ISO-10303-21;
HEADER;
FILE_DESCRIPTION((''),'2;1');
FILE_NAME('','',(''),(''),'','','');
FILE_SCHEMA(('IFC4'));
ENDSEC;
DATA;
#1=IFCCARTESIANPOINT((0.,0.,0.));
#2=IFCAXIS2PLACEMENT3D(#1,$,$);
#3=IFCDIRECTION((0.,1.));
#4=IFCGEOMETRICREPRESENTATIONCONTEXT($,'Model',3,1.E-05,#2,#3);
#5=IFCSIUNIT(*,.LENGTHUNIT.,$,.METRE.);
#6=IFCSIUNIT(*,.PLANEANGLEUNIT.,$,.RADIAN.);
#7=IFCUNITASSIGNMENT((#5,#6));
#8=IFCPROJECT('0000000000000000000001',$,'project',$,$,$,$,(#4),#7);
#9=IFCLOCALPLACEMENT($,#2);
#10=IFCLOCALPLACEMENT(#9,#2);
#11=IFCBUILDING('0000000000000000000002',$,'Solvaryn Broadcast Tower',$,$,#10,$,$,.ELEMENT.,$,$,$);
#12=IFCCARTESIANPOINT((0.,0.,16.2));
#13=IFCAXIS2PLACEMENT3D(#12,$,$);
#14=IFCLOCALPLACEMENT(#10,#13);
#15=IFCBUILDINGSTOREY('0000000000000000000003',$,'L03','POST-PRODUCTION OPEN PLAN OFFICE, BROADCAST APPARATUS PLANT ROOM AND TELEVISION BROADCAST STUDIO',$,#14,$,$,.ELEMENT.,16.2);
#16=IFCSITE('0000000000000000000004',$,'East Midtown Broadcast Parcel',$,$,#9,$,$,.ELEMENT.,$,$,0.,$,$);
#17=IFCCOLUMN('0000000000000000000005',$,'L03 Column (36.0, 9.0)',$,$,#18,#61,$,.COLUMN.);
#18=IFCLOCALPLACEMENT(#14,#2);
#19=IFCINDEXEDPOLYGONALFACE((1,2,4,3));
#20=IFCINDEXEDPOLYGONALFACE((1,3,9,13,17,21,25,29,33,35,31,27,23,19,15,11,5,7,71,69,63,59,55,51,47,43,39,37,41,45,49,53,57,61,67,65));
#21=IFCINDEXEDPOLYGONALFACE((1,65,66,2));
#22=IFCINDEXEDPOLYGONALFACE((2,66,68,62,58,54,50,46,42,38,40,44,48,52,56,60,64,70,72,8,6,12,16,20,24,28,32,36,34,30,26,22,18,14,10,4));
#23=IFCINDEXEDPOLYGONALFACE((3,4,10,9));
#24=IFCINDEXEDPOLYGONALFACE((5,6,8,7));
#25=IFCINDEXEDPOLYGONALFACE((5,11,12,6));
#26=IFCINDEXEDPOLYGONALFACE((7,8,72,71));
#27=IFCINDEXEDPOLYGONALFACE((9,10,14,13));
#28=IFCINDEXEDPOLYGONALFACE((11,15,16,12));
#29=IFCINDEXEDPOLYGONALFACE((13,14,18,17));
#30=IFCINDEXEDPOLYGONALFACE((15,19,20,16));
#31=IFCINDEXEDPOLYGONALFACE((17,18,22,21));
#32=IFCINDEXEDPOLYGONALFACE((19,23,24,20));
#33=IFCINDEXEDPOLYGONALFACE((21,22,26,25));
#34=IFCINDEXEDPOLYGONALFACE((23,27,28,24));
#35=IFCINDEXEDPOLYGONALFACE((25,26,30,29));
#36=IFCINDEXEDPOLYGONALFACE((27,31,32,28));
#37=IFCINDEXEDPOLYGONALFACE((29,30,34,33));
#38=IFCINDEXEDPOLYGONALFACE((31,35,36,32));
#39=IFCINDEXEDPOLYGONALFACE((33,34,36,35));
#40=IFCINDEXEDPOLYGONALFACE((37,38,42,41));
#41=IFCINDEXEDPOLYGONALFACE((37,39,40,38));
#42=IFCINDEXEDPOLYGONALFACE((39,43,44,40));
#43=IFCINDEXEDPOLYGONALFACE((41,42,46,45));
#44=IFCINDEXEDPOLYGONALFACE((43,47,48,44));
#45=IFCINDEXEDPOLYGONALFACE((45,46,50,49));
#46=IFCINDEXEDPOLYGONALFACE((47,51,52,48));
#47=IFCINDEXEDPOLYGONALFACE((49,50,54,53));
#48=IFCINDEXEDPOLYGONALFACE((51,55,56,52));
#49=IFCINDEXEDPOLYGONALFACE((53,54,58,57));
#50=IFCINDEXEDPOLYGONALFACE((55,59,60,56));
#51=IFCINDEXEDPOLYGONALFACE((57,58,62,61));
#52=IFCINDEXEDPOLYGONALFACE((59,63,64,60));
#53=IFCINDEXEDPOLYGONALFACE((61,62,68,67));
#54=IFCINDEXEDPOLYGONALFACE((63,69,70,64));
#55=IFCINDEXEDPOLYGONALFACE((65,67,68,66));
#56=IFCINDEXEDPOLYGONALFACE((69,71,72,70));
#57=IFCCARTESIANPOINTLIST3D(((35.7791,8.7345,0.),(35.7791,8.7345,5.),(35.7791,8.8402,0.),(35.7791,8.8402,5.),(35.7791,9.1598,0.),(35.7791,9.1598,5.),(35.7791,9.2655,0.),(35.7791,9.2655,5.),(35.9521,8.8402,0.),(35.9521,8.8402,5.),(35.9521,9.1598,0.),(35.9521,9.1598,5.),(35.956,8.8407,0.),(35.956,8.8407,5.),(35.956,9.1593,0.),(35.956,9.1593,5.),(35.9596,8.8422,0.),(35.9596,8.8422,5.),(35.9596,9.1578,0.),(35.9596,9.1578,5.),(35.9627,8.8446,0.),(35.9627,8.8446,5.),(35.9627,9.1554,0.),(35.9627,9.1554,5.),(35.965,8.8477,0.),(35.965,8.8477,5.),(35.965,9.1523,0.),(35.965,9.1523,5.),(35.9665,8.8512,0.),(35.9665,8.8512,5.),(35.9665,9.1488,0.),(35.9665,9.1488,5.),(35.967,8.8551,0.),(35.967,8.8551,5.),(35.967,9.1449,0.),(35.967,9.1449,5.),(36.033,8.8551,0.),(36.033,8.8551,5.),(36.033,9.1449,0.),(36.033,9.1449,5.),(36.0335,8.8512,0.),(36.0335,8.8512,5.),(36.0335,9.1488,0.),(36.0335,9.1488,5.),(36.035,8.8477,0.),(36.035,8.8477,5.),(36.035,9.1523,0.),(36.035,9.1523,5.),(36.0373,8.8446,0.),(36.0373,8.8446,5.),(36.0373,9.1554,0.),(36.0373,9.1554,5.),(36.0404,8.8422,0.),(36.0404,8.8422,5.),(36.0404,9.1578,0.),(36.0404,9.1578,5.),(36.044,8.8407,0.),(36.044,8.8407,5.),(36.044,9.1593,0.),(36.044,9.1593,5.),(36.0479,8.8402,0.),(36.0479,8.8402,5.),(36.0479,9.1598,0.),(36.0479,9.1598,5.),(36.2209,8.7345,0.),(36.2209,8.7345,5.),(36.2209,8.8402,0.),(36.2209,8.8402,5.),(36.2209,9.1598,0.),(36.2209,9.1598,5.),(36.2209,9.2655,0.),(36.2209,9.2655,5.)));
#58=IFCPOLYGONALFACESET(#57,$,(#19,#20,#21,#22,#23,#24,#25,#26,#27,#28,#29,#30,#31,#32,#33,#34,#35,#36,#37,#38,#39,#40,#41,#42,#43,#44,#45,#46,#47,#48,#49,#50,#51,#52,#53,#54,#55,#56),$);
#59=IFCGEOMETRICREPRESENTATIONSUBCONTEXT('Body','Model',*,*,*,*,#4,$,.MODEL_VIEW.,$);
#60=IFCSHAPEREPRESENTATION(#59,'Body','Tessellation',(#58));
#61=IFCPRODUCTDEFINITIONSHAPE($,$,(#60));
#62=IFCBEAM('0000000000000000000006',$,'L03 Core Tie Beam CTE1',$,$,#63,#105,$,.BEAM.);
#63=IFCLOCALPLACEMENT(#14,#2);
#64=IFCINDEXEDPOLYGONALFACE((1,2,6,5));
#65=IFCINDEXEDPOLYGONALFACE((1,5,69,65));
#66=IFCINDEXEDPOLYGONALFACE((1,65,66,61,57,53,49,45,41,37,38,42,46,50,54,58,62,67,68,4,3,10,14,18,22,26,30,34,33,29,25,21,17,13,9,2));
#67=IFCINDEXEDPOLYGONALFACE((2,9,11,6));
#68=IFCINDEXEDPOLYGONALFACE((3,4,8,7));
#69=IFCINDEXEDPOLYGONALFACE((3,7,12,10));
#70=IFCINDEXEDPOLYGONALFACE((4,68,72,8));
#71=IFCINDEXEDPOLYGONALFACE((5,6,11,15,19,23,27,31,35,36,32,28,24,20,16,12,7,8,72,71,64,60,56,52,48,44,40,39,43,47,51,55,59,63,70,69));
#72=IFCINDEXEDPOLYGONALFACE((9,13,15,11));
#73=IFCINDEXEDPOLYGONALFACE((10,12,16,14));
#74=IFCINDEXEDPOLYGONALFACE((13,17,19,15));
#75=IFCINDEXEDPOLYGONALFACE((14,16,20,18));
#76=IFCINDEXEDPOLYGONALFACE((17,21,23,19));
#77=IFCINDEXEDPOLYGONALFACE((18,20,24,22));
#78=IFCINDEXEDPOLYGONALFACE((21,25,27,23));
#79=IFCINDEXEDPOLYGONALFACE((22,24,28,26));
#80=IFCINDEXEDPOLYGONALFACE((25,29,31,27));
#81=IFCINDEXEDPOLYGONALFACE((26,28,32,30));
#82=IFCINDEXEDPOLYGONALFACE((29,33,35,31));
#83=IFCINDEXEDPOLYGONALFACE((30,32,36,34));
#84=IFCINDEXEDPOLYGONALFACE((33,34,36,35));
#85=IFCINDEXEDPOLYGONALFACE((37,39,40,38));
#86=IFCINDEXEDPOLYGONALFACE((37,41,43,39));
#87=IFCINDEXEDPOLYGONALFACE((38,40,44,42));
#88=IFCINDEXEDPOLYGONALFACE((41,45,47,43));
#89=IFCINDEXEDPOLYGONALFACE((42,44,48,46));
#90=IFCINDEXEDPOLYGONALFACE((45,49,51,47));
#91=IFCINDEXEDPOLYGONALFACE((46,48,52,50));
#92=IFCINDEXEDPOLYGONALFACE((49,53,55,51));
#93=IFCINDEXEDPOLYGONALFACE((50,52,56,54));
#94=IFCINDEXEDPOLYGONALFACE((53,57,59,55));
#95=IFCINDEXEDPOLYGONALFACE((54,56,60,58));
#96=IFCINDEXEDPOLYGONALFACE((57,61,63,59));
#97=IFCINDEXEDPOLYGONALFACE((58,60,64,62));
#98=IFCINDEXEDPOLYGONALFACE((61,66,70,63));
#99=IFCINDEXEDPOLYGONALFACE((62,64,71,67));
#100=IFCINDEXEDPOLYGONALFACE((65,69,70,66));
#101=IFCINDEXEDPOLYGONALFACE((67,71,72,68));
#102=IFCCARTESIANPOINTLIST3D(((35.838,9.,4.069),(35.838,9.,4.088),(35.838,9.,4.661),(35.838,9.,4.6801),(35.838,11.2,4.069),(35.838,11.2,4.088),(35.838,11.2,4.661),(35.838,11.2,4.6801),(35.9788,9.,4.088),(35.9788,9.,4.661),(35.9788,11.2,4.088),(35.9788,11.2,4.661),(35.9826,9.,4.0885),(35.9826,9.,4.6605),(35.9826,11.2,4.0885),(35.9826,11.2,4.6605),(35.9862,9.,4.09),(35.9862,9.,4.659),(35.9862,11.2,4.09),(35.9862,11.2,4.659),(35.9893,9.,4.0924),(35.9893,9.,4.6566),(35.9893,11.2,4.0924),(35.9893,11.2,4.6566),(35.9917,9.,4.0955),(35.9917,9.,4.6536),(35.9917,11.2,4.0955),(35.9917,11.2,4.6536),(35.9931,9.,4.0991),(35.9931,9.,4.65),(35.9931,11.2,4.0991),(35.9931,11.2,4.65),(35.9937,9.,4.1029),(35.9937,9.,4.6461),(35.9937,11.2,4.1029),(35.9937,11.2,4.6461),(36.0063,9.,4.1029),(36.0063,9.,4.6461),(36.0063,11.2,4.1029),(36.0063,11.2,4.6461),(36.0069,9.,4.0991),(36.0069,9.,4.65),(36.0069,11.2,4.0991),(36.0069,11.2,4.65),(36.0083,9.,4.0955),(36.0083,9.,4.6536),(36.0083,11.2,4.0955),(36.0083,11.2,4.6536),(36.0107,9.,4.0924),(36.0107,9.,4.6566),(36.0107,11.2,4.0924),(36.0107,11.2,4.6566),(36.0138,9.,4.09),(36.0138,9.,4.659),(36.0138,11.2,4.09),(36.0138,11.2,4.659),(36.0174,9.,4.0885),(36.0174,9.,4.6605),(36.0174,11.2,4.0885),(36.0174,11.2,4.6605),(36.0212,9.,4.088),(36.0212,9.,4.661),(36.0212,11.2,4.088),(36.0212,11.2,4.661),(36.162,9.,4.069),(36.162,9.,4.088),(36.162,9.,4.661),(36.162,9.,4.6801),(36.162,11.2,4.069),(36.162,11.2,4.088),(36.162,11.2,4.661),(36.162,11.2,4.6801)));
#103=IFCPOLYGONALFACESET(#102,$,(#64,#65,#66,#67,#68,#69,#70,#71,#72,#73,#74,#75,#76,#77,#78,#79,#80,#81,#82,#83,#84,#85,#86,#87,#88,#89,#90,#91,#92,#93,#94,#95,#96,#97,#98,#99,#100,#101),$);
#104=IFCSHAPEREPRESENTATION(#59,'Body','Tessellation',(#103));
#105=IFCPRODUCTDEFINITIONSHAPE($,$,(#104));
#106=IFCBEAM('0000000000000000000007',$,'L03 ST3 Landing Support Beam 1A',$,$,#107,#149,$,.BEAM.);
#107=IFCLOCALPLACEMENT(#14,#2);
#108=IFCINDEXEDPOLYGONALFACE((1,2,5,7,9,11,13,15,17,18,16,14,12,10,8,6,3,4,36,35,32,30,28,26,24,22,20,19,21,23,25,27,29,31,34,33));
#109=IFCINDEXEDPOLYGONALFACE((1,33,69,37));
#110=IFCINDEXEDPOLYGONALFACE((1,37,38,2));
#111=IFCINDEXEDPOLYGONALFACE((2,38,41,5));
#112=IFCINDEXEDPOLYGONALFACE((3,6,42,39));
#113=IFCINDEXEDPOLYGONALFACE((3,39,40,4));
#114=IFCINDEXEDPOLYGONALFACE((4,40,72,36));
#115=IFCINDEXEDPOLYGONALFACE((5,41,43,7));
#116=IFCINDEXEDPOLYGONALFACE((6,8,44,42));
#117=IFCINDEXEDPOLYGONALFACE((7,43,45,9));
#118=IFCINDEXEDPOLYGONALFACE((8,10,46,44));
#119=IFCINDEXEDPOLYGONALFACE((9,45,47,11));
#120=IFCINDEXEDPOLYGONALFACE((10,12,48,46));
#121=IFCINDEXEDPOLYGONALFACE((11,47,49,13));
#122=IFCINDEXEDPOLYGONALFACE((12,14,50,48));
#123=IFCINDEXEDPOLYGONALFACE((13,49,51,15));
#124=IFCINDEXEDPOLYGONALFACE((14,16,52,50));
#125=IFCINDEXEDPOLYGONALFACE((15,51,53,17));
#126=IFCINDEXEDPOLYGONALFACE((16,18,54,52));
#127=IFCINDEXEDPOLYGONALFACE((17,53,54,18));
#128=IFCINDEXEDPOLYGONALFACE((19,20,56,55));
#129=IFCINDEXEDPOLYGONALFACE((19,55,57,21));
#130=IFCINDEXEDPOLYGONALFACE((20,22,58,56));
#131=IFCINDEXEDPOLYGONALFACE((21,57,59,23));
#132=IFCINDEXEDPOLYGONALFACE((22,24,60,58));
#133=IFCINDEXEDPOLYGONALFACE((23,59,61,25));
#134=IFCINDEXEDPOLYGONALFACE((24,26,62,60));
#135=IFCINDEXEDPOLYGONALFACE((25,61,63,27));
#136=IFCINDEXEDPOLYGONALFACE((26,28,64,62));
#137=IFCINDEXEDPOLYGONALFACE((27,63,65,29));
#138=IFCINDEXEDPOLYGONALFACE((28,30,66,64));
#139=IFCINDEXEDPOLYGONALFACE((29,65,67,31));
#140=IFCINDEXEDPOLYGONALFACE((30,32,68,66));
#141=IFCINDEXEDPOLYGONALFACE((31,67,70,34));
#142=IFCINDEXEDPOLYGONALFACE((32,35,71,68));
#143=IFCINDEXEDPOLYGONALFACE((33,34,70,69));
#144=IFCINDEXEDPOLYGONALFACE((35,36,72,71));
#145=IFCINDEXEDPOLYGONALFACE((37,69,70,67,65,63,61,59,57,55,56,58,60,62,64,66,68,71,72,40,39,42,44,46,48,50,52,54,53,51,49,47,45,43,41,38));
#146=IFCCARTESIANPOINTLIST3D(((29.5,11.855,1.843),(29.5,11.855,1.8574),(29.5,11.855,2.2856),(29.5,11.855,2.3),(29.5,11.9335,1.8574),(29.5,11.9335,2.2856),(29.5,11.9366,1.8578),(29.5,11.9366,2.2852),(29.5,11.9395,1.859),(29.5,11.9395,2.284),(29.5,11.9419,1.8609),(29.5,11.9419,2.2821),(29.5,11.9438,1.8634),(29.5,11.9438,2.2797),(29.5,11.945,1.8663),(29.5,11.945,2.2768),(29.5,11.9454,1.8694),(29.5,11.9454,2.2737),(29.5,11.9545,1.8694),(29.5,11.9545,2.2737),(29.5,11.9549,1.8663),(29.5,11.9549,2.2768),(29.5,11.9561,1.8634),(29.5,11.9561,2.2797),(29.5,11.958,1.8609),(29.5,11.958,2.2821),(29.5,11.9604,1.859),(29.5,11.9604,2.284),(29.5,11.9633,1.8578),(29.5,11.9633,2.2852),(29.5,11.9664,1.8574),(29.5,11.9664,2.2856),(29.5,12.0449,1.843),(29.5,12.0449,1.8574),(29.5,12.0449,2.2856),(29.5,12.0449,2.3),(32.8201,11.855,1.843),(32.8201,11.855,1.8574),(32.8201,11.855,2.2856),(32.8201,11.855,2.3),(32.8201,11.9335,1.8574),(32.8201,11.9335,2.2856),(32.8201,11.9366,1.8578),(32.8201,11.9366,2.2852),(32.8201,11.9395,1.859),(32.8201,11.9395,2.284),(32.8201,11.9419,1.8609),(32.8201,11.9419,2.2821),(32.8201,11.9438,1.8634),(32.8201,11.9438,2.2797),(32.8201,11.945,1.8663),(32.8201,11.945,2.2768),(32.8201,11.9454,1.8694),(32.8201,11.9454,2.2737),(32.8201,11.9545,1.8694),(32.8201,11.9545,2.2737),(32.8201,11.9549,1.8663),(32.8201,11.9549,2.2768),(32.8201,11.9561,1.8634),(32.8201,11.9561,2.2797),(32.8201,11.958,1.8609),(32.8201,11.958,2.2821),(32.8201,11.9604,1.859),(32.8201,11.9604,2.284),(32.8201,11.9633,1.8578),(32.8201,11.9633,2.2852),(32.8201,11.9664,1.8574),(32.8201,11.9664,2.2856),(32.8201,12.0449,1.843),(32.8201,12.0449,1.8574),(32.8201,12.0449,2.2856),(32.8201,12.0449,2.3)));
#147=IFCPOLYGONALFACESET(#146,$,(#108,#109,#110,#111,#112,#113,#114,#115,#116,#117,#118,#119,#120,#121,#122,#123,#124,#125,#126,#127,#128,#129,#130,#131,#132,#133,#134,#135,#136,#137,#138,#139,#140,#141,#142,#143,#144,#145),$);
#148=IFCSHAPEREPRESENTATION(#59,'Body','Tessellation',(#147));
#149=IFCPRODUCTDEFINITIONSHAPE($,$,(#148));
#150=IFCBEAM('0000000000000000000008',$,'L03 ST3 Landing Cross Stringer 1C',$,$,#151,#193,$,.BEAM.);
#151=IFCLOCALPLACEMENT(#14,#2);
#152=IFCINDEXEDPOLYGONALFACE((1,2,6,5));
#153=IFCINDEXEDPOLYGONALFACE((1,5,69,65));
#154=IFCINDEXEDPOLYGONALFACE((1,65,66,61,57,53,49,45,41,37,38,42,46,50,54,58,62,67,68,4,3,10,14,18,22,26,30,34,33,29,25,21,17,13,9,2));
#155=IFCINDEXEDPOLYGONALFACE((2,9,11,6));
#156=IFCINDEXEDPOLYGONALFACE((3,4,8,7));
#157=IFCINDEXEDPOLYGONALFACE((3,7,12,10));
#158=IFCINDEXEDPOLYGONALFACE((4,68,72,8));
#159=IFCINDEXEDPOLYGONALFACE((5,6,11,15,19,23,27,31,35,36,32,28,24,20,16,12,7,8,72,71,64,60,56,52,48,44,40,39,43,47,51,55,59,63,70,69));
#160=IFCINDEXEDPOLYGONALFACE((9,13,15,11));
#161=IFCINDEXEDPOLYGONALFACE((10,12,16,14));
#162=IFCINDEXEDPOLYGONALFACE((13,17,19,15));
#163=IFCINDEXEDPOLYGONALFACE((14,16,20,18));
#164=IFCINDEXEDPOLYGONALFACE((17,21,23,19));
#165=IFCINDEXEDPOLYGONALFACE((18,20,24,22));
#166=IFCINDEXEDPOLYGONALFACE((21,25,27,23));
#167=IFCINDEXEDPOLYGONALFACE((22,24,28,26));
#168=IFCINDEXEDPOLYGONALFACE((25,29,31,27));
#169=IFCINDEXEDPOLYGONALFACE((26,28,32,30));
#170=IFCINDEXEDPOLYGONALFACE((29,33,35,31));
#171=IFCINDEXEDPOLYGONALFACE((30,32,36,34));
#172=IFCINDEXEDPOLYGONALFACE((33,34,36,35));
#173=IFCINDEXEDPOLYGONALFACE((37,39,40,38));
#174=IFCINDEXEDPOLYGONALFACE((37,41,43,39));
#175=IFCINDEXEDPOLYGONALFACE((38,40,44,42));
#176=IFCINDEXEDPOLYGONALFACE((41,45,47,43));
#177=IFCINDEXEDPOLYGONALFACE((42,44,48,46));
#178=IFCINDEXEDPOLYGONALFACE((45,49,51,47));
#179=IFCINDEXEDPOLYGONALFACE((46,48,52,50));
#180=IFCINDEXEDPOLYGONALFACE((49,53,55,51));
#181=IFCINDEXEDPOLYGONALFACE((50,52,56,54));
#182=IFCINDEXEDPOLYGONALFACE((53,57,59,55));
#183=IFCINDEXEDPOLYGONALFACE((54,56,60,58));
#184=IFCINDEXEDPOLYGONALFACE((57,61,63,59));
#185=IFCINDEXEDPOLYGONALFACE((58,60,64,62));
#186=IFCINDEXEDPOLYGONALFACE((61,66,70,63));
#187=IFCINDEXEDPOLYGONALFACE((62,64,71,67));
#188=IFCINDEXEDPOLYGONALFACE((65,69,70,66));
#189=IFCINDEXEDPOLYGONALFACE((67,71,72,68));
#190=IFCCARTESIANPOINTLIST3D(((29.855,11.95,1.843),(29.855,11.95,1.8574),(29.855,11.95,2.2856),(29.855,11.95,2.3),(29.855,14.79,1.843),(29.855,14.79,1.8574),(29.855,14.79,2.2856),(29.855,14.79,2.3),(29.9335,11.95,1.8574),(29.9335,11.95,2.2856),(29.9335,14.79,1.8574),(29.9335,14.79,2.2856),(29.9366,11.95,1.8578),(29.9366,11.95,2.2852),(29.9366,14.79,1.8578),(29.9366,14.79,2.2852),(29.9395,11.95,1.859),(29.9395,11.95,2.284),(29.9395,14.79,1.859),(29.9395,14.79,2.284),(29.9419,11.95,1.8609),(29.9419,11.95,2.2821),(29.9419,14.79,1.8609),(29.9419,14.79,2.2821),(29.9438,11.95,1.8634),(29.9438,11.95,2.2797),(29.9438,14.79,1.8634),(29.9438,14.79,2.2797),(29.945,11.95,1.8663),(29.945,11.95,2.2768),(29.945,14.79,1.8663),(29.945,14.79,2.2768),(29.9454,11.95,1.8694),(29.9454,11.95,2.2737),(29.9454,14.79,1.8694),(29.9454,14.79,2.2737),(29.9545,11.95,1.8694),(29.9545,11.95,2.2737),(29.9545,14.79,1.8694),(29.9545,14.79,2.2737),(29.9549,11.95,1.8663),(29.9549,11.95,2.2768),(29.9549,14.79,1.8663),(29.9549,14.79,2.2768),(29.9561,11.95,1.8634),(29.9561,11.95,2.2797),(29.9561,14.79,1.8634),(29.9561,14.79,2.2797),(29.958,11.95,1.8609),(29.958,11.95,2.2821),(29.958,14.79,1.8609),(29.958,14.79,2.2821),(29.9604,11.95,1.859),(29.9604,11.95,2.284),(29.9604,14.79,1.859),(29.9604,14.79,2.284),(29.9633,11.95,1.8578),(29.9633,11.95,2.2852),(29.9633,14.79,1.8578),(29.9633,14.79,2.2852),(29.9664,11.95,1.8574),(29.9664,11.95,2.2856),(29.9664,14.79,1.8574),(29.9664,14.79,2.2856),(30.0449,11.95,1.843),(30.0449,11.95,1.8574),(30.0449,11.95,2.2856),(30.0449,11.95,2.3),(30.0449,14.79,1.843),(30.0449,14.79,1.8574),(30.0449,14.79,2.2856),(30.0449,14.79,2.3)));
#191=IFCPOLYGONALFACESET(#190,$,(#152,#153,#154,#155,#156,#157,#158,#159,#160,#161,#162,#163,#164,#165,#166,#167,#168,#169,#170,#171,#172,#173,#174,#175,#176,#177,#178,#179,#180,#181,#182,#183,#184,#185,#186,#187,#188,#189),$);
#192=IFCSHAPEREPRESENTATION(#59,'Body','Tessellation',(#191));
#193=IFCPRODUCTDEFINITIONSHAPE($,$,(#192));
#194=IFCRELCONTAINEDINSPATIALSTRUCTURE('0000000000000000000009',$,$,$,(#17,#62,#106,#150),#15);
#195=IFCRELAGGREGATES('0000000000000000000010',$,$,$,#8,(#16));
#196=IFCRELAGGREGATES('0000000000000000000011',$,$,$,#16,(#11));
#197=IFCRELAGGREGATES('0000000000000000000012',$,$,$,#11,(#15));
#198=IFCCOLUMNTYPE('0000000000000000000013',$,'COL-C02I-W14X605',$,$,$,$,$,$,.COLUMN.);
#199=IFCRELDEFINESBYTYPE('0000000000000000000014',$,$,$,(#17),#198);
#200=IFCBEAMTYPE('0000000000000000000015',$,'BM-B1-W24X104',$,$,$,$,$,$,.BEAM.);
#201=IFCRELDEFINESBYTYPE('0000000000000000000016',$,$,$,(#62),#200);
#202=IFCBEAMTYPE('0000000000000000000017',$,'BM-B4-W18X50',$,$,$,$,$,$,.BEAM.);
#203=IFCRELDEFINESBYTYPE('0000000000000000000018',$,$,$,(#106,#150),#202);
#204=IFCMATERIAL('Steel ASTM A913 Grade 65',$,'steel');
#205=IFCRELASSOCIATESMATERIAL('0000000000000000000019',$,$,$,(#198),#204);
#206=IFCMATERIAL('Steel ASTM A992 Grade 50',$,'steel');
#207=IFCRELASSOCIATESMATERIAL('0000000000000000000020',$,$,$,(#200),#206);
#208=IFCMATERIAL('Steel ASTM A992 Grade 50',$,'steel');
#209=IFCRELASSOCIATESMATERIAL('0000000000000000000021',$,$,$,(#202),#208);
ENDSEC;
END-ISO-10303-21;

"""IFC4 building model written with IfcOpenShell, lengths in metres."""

from ifc_helpers import new_model, si_unit, direction, frame, origin, origin_2d, place, context, subcontext, project, spatial, i_section, extrude, material, material_profile, profile_set, type_object, element, save


model = new_model("IFC4")

# Units and contexts
model_context = context("Model", 3, precision=1e-05, world=origin(), true_north=direction((0.0, 1.0)))
body_context = subcontext(model_context, "Body", "Model", "MODEL_VIEW")
ifc_project = project(units=[si_unit("LENGTHUNIT", "METRE"), si_unit("PLANEANGLEUNIT", "RADIAN")], contexts=[model_context])

# Site, building, storey
site_placement = place(None, origin())
site = spatial("IfcSite", under=ifc_project, at=site_placement, Name="East Midtown Broadcast Parcel", CompositionType="ELEMENT", RefElevation=0.0)
building_placement = place(site_placement, origin())
building = spatial("IfcBuilding", under=site, at=building_placement, Name="Solvaryn Broadcast Tower", CompositionType="ELEMENT")
storey_placement = place(building_placement, frame((0.0, 0.0, 16.2)))
storey = spatial("IfcBuildingStorey", under=building, at=storey_placement, Name="L03", Description="POST-PRODUCTION OPEN PLAN OFFICE, BROADCAST APPARATUS PLANT ROOM AND TELEVISION BROADCAST STUDIO", CompositionType="ELEMENT", Elevation=16.2)

# Column
ifc_material_1 = material(Name="Steel ASTM A913 Grade 65", Category="steel")
ifc_material_profile_1 = material_profile(ifc_material_1, i_section(OverallWidth=0.4419, OverallDepth=0.531, WebThickness=0.0659, FlangeThickness=0.1057, FilletRadius=0.0149, at=origin_2d()))
ifc_profile_set_1 = profile_set([ifc_material_profile_1], Name="Steel ASTM A913 Grade 65")
column_type = type_object("IfcColumnType", Name="COL-C02I-W14X605", PredefinedType="COLUMN", material=ifc_profile_set_1)
column_placement = place(storey_placement, frame((36.0, 9.0, 0.0), z_axis=(0.0, 0.0, 1.0), x_axis=(1.0, 0.0, 0.0)))
element("IfcColumn", 1, at=column_placement, inside=storey, type_object=column_type, Name="L03 Column (36.0, 9.0)", PredefinedType="COLUMN", context=body_context, shape_type="SweptSolid", body=[
    extrude(i_section(OverallWidth=0.4419, OverallDepth=0.531, WebThickness=0.0659, FlangeThickness=0.1057, FilletRadius=0.0149, at=origin_2d()), origin(), (0.0, 0.0, 1.0), 5.0),
])

# Beams
ifc_material_2 = material(Name="Steel ASTM A992 Grade 50", Category="steel")
ifc_material_profile_2 = material_profile(ifc_material_2, i_section(OverallWidth=0.324, OverallDepth=0.6111, WebThickness=0.0127, FlangeThickness=0.019, FilletRadius=0.0149, at=origin_2d()))
ifc_profile_set_2 = profile_set([ifc_material_profile_2], Name="Steel ASTM A992 Grade 50")
beam_type_1 = type_object("IfcBeamType", Name="BM-B1-W24X104", PredefinedType="BEAM", material=ifc_profile_set_2)
beam_1_placement = place(storey_placement, frame((36.0, 9.0, 4.3745), z_axis=(0.0, 1.0, 0.0), x_axis=(-1.0, 0.0, 0.0)))
element("IfcBeam", 2, at=beam_1_placement, inside=storey, type_object=beam_type_1, Name="L03 Core Tie Beam CTE1", PredefinedType="BEAM", context=body_context, shape_type="SweptSolid", body=[
    extrude(i_section(OverallWidth=0.324, OverallDepth=0.6111, WebThickness=0.0127, FlangeThickness=0.019, FilletRadius=0.0149, at=origin_2d()), origin(), (0.0, 0.0, 1.0), 2.2),
])
ifc_material_3 = material(Name="Steel ASTM A992 Grade 50", Category="steel")
ifc_material_profile_3 = material_profile(ifc_material_3, i_section(OverallWidth=0.1899, OverallDepth=0.457, WebThickness=0.009, FlangeThickness=0.0144, FilletRadius=0.012, at=origin_2d()))
ifc_profile_set_3 = profile_set([ifc_material_profile_3], Name="Steel ASTM A992 Grade 50")
beam_type_2 = type_object("IfcBeamType", Name="BM-B4-W18X50", PredefinedType="BEAM", material=ifc_profile_set_3)
beam_2_placement = place(storey_placement, frame((29.5, 11.95, 2.0715), z_axis=(1.0, 0.0, 0.0), x_axis=(0.0, 1.0, 0.0)))
element("IfcBeam", 3, at=beam_2_placement, inside=storey, type_object=beam_type_2, Name="L03 ST3 Landing Support Beam 1A", PredefinedType="BEAM", context=body_context, shape_type="SweptSolid", body=[
    extrude(i_section(OverallWidth=0.1899, OverallDepth=0.457, WebThickness=0.009, FlangeThickness=0.0144, FilletRadius=0.012, at=origin_2d()), origin(), (0.0, 0.0, 1.0), 3.3201),
])
beam_3_placement = place(storey_placement, frame((29.95, 11.95, 2.0715), z_axis=(0.0, 1.0, 0.0), x_axis=(-1.0, 0.0, 0.0)))
element("IfcBeam", 4, at=beam_3_placement, inside=storey, type_object=beam_type_2, Name="L03 ST3 Landing Cross Stringer 1C", PredefinedType="BEAM", context=body_context, shape_type="SweptSolid", body=[
    extrude(i_section(OverallWidth=0.1899, OverallDepth=0.457, WebThickness=0.009, FlangeThickness=0.0144, FilletRadius=0.012, at=origin_2d()), origin(), (0.0, 0.0, 1.0), 2.8401),
])

save(model, "model.ifc")
